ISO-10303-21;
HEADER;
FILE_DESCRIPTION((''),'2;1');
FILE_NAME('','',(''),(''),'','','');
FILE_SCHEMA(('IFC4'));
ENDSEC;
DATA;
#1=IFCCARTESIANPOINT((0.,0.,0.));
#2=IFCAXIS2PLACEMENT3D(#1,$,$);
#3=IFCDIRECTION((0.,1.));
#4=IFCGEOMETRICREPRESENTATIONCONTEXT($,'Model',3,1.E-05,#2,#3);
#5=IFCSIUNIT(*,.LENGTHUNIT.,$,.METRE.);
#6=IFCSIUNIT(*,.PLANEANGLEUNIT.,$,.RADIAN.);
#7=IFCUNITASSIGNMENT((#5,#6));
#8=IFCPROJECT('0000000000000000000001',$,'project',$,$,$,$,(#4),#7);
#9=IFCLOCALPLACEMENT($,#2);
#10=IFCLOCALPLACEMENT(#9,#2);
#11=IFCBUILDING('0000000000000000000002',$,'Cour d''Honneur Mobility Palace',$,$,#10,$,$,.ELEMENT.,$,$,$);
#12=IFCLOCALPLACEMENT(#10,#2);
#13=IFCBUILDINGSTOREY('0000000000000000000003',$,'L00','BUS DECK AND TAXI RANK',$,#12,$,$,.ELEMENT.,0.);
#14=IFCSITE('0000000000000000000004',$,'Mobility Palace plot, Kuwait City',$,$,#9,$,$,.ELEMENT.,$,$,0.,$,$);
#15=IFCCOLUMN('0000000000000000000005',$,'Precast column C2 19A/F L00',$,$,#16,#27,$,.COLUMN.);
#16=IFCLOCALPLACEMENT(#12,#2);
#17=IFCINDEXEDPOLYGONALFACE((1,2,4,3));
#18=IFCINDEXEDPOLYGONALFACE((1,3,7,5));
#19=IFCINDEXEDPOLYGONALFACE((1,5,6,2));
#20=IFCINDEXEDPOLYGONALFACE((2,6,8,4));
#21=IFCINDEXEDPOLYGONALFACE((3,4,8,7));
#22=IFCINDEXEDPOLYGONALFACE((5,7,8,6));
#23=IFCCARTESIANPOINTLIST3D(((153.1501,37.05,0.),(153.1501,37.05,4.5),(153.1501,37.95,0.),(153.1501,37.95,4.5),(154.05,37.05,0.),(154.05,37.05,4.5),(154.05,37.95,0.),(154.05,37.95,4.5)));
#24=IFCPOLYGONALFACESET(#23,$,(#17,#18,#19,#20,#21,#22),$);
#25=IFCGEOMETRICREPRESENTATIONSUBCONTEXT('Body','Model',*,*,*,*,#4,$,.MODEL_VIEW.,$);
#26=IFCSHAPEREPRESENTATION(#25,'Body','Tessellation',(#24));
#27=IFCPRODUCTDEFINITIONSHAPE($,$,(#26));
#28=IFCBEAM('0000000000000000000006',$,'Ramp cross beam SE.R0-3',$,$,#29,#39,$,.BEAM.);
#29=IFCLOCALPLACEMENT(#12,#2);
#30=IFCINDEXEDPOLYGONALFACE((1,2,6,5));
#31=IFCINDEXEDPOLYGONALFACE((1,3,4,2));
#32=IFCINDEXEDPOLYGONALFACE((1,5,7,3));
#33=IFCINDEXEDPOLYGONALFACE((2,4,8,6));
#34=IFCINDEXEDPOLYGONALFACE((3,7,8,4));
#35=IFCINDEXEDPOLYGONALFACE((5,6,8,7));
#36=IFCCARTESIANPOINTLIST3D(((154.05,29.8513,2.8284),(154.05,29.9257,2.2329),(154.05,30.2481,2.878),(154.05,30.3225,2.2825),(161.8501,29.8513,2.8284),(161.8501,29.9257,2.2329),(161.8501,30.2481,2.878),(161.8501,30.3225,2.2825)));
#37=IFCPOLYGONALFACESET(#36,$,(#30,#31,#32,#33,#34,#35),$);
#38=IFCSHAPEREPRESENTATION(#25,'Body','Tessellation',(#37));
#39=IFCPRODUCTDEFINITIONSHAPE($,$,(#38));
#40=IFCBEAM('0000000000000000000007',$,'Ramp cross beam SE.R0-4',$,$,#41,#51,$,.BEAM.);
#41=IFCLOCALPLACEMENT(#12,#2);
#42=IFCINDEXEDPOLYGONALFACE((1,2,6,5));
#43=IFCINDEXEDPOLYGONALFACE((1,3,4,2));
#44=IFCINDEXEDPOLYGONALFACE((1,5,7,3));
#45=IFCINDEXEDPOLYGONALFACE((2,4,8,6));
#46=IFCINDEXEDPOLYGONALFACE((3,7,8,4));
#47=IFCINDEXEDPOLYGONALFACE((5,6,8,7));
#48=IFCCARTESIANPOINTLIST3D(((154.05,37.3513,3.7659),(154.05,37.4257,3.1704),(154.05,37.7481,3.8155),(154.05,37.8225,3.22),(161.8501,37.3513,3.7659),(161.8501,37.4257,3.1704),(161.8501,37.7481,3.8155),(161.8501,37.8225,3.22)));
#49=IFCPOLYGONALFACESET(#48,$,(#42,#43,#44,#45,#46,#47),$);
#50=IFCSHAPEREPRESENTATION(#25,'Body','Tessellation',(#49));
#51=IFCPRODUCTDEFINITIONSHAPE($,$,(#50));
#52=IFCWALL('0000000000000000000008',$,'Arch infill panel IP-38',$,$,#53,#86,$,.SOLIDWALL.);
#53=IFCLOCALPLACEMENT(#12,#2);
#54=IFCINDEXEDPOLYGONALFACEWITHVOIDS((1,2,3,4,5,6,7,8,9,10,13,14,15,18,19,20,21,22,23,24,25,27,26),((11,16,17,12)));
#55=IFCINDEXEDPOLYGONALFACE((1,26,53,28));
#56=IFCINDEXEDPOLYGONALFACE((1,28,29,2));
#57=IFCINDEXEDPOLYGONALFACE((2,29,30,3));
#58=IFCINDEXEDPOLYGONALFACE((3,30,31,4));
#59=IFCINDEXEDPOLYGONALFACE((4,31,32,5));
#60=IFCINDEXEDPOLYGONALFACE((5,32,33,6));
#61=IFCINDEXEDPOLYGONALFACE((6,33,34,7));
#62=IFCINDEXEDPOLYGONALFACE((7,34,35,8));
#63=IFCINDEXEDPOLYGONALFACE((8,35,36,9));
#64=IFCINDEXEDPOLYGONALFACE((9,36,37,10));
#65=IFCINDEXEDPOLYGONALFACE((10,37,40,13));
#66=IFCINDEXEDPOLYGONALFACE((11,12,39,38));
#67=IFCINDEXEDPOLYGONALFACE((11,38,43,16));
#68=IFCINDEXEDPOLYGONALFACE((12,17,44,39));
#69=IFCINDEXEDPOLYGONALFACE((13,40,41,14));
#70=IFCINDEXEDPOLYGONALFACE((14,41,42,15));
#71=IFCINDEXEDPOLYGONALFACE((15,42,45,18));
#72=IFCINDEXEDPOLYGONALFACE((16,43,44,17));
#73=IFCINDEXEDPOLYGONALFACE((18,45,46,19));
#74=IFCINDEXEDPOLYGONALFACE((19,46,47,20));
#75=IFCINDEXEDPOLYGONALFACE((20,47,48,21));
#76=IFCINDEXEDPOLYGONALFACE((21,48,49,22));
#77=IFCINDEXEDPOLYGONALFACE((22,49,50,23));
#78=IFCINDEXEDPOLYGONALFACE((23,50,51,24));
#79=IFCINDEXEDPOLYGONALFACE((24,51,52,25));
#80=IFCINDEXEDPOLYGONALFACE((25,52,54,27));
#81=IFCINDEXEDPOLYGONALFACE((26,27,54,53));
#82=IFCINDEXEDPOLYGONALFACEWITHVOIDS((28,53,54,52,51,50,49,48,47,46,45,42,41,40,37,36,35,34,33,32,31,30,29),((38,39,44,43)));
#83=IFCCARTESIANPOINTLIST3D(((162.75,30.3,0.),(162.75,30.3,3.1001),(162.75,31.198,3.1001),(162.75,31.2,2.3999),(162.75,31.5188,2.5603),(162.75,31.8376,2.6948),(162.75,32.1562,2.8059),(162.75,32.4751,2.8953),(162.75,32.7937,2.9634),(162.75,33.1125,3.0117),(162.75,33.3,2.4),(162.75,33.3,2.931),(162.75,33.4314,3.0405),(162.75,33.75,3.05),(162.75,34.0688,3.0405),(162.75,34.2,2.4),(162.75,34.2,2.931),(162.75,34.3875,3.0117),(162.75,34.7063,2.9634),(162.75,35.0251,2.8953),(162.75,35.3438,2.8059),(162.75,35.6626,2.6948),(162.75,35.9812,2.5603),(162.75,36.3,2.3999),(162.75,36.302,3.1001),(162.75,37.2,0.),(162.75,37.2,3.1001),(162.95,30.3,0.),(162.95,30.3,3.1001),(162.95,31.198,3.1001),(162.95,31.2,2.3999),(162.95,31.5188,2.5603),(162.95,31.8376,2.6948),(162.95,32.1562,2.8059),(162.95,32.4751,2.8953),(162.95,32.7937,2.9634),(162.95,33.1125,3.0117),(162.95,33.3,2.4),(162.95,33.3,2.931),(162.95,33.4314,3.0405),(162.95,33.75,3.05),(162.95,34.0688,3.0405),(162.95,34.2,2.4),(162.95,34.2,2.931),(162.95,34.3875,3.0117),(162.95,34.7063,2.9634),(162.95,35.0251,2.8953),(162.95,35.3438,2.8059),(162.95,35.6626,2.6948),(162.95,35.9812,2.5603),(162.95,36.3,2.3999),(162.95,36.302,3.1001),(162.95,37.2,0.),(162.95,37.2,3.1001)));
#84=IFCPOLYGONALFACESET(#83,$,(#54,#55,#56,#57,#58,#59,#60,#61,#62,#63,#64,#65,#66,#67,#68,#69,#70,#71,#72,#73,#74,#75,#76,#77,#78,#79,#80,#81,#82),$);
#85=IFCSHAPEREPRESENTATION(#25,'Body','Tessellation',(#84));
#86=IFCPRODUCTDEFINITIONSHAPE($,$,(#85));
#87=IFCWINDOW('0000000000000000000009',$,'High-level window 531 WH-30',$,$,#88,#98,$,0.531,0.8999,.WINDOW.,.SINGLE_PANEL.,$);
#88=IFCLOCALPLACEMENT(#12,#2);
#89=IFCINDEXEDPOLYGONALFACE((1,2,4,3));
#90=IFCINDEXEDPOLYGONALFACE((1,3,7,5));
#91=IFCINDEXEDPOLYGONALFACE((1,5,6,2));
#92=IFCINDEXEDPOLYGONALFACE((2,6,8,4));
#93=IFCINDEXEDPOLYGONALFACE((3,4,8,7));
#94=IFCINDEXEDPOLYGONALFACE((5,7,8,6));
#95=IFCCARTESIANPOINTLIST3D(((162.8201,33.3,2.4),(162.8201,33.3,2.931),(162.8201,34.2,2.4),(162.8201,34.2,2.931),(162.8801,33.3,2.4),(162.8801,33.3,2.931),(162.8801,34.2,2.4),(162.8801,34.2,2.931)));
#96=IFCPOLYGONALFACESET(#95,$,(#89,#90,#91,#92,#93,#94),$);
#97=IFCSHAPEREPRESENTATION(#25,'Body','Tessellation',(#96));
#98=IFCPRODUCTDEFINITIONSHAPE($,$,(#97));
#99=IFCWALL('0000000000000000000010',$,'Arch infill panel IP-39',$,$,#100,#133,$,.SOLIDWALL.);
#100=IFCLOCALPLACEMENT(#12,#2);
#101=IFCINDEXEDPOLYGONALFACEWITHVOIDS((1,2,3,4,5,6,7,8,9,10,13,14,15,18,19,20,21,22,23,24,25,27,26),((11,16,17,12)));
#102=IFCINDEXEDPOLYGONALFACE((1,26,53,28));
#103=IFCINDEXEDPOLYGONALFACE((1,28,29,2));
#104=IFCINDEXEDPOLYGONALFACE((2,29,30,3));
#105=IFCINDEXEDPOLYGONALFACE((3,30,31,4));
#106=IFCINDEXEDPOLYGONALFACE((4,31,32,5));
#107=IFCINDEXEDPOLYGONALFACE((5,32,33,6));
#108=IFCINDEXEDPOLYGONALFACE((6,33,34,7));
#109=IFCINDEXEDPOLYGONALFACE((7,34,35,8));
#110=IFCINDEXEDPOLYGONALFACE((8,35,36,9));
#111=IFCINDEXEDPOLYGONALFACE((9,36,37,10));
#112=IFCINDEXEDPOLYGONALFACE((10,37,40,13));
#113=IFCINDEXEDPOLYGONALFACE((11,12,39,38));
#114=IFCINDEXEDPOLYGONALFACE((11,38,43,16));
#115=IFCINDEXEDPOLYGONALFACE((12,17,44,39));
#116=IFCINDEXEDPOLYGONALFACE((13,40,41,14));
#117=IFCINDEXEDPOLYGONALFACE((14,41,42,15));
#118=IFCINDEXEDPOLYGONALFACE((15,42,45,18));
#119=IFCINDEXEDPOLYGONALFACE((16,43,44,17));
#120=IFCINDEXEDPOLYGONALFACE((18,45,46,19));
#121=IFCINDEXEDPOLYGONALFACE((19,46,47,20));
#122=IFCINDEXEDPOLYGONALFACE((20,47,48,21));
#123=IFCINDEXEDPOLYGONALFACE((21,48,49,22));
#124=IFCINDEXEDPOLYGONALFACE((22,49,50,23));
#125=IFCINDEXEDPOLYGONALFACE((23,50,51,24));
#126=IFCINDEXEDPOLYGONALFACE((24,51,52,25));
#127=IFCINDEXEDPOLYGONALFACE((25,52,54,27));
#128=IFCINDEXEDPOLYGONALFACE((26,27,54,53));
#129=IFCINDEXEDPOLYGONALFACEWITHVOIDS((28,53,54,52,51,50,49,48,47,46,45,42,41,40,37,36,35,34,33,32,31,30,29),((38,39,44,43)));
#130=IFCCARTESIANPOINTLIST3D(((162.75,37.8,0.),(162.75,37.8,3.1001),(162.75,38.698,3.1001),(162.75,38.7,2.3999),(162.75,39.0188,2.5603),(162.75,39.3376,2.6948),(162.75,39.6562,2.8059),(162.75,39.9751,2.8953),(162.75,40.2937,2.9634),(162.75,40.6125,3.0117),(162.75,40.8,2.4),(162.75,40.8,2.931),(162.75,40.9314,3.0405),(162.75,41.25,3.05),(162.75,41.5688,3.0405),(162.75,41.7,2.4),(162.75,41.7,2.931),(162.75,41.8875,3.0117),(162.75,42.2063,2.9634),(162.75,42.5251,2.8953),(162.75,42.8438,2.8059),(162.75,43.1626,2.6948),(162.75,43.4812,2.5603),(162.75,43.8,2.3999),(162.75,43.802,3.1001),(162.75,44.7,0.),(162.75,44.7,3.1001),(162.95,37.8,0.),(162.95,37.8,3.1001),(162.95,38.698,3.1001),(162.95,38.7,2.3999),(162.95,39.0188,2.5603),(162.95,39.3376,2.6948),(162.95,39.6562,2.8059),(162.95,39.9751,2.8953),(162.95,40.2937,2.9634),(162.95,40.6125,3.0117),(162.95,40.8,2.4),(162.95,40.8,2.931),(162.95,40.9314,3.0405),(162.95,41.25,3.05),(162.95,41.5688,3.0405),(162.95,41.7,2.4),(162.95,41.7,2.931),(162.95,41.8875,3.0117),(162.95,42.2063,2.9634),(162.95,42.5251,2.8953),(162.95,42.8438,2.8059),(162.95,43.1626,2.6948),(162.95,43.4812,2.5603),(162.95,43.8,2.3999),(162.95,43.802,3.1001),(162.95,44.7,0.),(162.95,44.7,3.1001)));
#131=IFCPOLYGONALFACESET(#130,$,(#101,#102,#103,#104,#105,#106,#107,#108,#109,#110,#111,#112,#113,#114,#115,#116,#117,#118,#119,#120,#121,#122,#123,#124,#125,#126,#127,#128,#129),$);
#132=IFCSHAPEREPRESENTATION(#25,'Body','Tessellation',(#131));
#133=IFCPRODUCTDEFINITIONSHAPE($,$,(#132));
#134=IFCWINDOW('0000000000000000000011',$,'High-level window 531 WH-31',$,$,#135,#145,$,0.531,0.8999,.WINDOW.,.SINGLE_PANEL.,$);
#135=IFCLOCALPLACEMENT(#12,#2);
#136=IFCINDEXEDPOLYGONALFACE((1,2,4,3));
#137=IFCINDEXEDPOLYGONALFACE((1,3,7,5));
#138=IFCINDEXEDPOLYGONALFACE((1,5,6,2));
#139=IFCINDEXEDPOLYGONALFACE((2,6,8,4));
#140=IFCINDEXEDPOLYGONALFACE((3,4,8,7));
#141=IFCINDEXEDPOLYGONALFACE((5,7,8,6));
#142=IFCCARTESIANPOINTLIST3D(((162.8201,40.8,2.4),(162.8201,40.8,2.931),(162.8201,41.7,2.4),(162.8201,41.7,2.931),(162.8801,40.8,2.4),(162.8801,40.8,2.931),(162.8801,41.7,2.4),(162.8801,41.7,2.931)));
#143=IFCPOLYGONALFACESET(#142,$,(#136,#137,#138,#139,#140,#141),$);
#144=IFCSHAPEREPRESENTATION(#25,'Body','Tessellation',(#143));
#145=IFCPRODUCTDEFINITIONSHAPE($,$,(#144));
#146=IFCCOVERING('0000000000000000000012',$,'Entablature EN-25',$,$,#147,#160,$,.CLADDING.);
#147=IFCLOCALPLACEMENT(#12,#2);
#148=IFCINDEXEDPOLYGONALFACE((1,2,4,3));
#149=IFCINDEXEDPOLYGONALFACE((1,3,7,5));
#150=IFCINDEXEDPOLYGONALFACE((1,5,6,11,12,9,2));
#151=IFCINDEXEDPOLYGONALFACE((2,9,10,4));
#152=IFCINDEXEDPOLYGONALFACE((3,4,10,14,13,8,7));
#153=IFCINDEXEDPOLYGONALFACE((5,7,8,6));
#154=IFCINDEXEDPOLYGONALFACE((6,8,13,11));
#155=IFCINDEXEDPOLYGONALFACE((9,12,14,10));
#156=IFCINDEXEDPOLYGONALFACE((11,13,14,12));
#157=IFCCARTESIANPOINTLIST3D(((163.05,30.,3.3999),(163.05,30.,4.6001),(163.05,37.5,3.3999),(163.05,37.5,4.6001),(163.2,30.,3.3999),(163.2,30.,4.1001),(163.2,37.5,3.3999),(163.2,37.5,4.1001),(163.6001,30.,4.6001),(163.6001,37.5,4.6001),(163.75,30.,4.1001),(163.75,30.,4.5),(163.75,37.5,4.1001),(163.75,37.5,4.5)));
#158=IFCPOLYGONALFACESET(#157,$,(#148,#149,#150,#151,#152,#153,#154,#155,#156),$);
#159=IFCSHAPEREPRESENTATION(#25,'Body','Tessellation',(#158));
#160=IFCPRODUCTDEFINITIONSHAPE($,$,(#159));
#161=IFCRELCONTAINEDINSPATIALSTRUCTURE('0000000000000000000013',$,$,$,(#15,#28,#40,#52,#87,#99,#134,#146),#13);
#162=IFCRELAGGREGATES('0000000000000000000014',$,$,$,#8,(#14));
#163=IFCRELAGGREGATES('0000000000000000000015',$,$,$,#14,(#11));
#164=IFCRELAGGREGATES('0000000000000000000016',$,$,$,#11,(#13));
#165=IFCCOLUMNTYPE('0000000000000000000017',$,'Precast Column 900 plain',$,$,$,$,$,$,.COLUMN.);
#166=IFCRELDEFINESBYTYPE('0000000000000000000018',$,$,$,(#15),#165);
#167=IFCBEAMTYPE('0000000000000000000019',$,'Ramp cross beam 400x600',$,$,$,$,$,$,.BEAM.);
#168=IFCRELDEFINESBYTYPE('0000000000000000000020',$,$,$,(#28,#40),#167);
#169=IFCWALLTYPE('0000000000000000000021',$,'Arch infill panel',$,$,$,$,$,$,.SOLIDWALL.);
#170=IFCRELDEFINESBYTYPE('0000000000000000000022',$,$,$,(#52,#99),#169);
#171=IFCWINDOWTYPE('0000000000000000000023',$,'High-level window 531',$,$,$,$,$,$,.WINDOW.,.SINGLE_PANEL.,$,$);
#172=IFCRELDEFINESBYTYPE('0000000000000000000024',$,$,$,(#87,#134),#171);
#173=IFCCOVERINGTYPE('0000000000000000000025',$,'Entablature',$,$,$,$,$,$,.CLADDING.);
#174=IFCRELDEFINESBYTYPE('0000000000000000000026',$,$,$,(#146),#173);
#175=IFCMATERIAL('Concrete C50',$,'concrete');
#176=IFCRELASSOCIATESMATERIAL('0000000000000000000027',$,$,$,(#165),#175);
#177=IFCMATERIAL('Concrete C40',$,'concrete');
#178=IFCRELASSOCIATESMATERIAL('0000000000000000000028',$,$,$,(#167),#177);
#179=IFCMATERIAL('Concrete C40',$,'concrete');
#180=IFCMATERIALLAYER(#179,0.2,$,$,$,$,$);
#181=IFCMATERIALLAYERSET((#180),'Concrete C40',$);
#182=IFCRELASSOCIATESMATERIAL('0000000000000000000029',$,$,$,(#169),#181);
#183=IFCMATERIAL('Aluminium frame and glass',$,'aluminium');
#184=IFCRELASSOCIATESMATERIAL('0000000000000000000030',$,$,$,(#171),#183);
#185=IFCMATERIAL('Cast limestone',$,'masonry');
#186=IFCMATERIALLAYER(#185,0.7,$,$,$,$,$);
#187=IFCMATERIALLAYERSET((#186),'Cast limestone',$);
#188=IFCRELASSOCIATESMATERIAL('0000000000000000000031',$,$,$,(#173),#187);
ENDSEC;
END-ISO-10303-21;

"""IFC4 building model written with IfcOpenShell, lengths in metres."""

from ifc_helpers import new_model, si_unit, direction, frame, frame_2d, origin, origin_2d, place, context, subcontext, project, spatial, polyline, rectangle, outline, extrude, material, layer, layer_set, material_profile, profile_set, type_object, element, fill, save


model = new_model("IFC4")

# Units and contexts
model_context = context("Model", 3, precision=1e-05, world=origin(), true_north=direction((0.0, 1.0)))
body_context = subcontext(model_context, "Body", "Model", "MODEL_VIEW")
ifc_project = project(units=[si_unit("LENGTHUNIT", "METRE"), si_unit("PLANEANGLEUNIT", "RADIAN")], contexts=[model_context])

# Site, building, storey
site_placement = place(None, origin())
site = spatial("IfcSite", under=ifc_project, at=site_placement, Name="Mobility Palace plot, Kuwait City", CompositionType="ELEMENT", RefElevation=0.0)
building_placement = place(site_placement, origin())
building = spatial("IfcBuilding", under=site, at=building_placement, Name="Cour d'Honneur Mobility Palace", CompositionType="ELEMENT")
storey_placement = place(building_placement, origin())
storey = spatial("IfcBuildingStorey", under=building, at=storey_placement, Name="L00", Description="BUS DECK AND TAXI RANK", CompositionType="ELEMENT", Elevation=0.0)

# Column
ifc_material_1 = material(Name="Concrete C50", Category="concrete")
ifc_material_profile_1 = material_profile(ifc_material_1, outline(polyline([(-0.45, -0.45), (0.45, -0.45), (0.45, 0.45), (-0.45, 0.45), (-0.45, -0.45)])), Name="PC C900 plain")
ifc_profile_set_1 = profile_set([ifc_material_profile_1], Name="Concrete C50")
column_type_1 = type_object("IfcColumnType", Name="Precast Column 900 plain", PredefinedType="COLUMN", material=ifc_profile_set_1)
column_1_placement = place(storey_placement, frame((153.6001, 37.5, 0.0), z_axis=(0.0, 0.0, 1.0), x_axis=(1.0, 0.0, 0.0)))
element("IfcColumn", 1, at=column_1_placement, inside=storey, type_object=column_type_1, Name="Precast column C2 19A/F L00", PredefinedType="COLUMN", context=body_context, shape_type="SweptSolid", body=[
    extrude(outline(polyline([(-0.45, -0.45), (0.45, -0.45), (0.45, 0.45), (-0.45, 0.45), (-0.45, -0.45)])), origin(), (0.0, 0.0, 1.0), 4.5),
])

# Beams
ifc_material_2 = material(Name="Concrete C40", Category="concrete")
ifc_material_profile_2 = material_profile(ifc_material_2, rectangle(XDim=0.3999, YDim=0.6001, at=origin_2d()), Name="Ramp cross beam 400x600")
ifc_profile_set_2 = profile_set([ifc_material_profile_2], Name="Concrete C40")
beam_type = type_object("IfcBeamType", Name="Ramp cross beam 400x600", PredefinedType="BEAM", material=ifc_profile_set_2)
for number, where, z_axis, x_axis, name in (
    (2, (161.8501, 30.0869, 2.5554), (-1.0, 0.0, 0.0), (0.0, -0.992278, -0.124035), "Ramp cross beam SE.R0-3"),
    (3, (161.8501, 37.5869, 3.4929), (-1.0, 0.0, 0.0), (0.0, -0.992278, -0.124035), "Ramp cross beam SE.R0-4"),
):
    element("IfcBeam", number, at=place(storey_placement, frame(where, z_axis=z_axis, x_axis=x_axis)), inside=storey, type_object=beam_type, Name=name, PredefinedType="BEAM", context=body_context, shape_type="SweptSolid", body=[
        extrude(rectangle(XDim=0.3999, YDim=0.6001, at=origin_2d()), origin(), (0.0, 0.0, 1.0), 7.8),
    ])

# Walls, openings, windows
ifc_material_3 = material(Name="Concrete C40", Category="concrete")
ifc_layer_1 = layer(ifc_material_3, 0.2)
ifc_layer_set_1 = layer_set([ifc_layer_1], Name="Concrete C40")
wall_type = type_object("IfcWallType", Name="Arch infill panel", PredefinedType="SOLIDWALL", material=ifc_layer_set_1)
wall_1_placement = place(storey_placement, frame((162.8501, 30.3, 0.0), z_axis=(0.0, 0.0, 1.0), x_axis=(0.0, 1.0, 0.0)))
wall_1 = element("IfcWall", 4, at=wall_1_placement, inside=storey, type_object=wall_type, Name="Arch infill panel IP-38", PredefinedType="SOLIDWALL", context=body_context, shape_type="SweptSolid", body=[
    extrude(outline(polyline([(0.0, 0.0), (6.8999, 0.0), (6.8999, 3.1001), (6.002, 3.1001), (6.0, 2.3999), (5.6812, 2.5603), (5.3625, 2.6948), (5.0437, 2.8059), (4.7251, 2.8953), (4.4062, 2.9634), (4.0874, 3.0117), (3.7688, 3.0405), (3.45, 3.05), (3.1313, 3.0405), (2.8125, 3.0117), (2.4937, 2.9634), (2.175, 2.8953), (1.8562, 2.8059), (1.5376, 2.6948), (1.2188, 2.5603), (0.8999, 2.3999), (0.8979, 3.1001), (0.0, 3.1001), (0.0, 0.0)])), frame((0.0, 0.1001, 0.0), z_axis=(0.0, -1.0, 0.0), x_axis=(1.0, 0.0, 0.0)), (0.0, 0.0, 1.0), 0.2),
])
opening_1_placement = place(wall_1_placement, frame((3.0, 0.0, 2.3999)))
opening_1 = element("IfcOpeningElement", 5, at=opening_1_placement, cuts=wall_1, PredefinedType="OPENING", context=body_context, shape_type="SweptSolid", body=[
    extrude(rectangle(XDim=0.8999, YDim=0.531, at=frame_2d((0.45, 0.2656))), frame((0.0, 0.1099, 0.0), z_axis=(0.0, -1.0, 0.0), x_axis=(1.0, 0.0, 0.0)), (0.0, 0.0, 1.0), 0.22),
])
ifc_material_4 = material(Name="Aluminium frame and glass", Category="aluminium")
window_type = type_object("IfcWindowType", Name="High-level window 531", PartitioningType="SINGLE_PANEL", PredefinedType="WINDOW", material=ifc_material_4)
window_1_placement = place(opening_1_placement, origin())
window_1 = element("IfcWindow", 6, at=window_1_placement, inside=storey, type_object=window_type, Name="High-level window 531 WH-30", OverallHeight=0.531, OverallWidth=0.8999, PartitioningType="SINGLE_PANEL", PredefinedType="WINDOW", context=body_context, shape_type="SweptSolid", body=[
    extrude(rectangle(XDim=0.8999, YDim=0.531, at=frame_2d((0.45, 0.2656))), frame((0.0, 0.03, 0.0), z_axis=(0.0, -1.0, 0.0), x_axis=(1.0, 0.0, 0.0)), (0.0, 0.0, 1.0), 0.0601),
])
fill(opening_1, window_1)
wall_2_placement = place(storey_placement, frame((162.8501, 37.8, 0.0), z_axis=(0.0, 0.0, 1.0), x_axis=(0.0, 1.0, 0.0)))
wall_2 = element("IfcWall", 7, at=wall_2_placement, inside=storey, type_object=wall_type, Name="Arch infill panel IP-39", PredefinedType="SOLIDWALL", context=body_context, shape_type="SweptSolid", body=[
    extrude(outline(polyline([(0.0, 0.0), (6.8999, 0.0), (6.8999, 3.1001), (6.002, 3.1001), (6.0, 2.3999), (5.6812, 2.5603), (5.3625, 2.6948), (5.0437, 2.8059), (4.7251, 2.8953), (4.4062, 2.9634), (4.0874, 3.0117), (3.7688, 3.0405), (3.45, 3.05), (3.1313, 3.0405), (2.8125, 3.0117), (2.4937, 2.9634), (2.175, 2.8953), (1.8562, 2.8059), (1.5376, 2.6948), (1.2188, 2.5603), (0.8999, 2.3999), (0.8979, 3.1001), (0.0, 3.1001), (0.0, 0.0)])), frame((0.0, 0.1001, 0.0), z_axis=(0.0, -1.0, 0.0), x_axis=(1.0, 0.0, 0.0)), (0.0, 0.0, 1.0), 0.2),
])
opening_2_placement = place(wall_2_placement, frame((3.0, 0.0, 2.3999)))
opening_2 = element("IfcOpeningElement", 8, at=opening_2_placement, cuts=wall_2, PredefinedType="OPENING", context=body_context, shape_type="SweptSolid", body=[
    extrude(rectangle(XDim=0.8999, YDim=0.531, at=frame_2d((0.45, 0.2656))), frame((0.0, 0.1099, 0.0), z_axis=(0.0, -1.0, 0.0), x_axis=(1.0, 0.0, 0.0)), (0.0, 0.0, 1.0), 0.22),
])
window_2_placement = place(opening_2_placement, origin())
window_2 = element("IfcWindow", 9, at=window_2_placement, inside=storey, type_object=window_type, Name="High-level window 531 WH-31", OverallHeight=0.531, OverallWidth=0.8999, PartitioningType="SINGLE_PANEL", PredefinedType="WINDOW", context=body_context, shape_type="SweptSolid", body=[
    extrude(rectangle(XDim=0.8999, YDim=0.531, at=frame_2d((0.45, 0.2656))), frame((0.0, 0.03, 0.0), z_axis=(0.0, -1.0, 0.0), x_axis=(1.0, 0.0, 0.0)), (0.0, 0.0, 1.0), 0.0601),
])
fill(opening_2, window_2)

# Covering
ifc_material_5 = material(Name="Cast limestone", Category="masonry")
ifc_layer_2 = layer(ifc_material_5, 0.7)
ifc_layer_set_2 = layer_set([ifc_layer_2], Name="Cast limestone")
covering_type_1 = type_object("IfcCoveringType", Name="Entablature", PredefinedType="CLADDING", material=ifc_layer_set_2)
covering_1_placement = place(storey_placement, frame((163.05, 30.0, 3.3999), z_axis=(0.0, -1.0, 0.0), x_axis=(1.0, 0.0, 0.0)))
element("IfcCovering", 10, at=covering_1_placement, inside=storey, type_object=covering_type_1, Name="Entablature EN-25", PredefinedType="CLADDING", context=body_context, shape_type="SweptSolid", body=[
    extrude(outline(polyline([(0.0, 0.0), (0.1499, 0.0), (0.1499, 0.7002), (0.7, 0.7002), (0.7, 1.1001), (0.55, 1.2002), (0.0, 1.2002), (0.0, 0.0)])), origin(), (0.0, 0.0, -1.0), 7.5),
])

save(model, "model.ifc")
